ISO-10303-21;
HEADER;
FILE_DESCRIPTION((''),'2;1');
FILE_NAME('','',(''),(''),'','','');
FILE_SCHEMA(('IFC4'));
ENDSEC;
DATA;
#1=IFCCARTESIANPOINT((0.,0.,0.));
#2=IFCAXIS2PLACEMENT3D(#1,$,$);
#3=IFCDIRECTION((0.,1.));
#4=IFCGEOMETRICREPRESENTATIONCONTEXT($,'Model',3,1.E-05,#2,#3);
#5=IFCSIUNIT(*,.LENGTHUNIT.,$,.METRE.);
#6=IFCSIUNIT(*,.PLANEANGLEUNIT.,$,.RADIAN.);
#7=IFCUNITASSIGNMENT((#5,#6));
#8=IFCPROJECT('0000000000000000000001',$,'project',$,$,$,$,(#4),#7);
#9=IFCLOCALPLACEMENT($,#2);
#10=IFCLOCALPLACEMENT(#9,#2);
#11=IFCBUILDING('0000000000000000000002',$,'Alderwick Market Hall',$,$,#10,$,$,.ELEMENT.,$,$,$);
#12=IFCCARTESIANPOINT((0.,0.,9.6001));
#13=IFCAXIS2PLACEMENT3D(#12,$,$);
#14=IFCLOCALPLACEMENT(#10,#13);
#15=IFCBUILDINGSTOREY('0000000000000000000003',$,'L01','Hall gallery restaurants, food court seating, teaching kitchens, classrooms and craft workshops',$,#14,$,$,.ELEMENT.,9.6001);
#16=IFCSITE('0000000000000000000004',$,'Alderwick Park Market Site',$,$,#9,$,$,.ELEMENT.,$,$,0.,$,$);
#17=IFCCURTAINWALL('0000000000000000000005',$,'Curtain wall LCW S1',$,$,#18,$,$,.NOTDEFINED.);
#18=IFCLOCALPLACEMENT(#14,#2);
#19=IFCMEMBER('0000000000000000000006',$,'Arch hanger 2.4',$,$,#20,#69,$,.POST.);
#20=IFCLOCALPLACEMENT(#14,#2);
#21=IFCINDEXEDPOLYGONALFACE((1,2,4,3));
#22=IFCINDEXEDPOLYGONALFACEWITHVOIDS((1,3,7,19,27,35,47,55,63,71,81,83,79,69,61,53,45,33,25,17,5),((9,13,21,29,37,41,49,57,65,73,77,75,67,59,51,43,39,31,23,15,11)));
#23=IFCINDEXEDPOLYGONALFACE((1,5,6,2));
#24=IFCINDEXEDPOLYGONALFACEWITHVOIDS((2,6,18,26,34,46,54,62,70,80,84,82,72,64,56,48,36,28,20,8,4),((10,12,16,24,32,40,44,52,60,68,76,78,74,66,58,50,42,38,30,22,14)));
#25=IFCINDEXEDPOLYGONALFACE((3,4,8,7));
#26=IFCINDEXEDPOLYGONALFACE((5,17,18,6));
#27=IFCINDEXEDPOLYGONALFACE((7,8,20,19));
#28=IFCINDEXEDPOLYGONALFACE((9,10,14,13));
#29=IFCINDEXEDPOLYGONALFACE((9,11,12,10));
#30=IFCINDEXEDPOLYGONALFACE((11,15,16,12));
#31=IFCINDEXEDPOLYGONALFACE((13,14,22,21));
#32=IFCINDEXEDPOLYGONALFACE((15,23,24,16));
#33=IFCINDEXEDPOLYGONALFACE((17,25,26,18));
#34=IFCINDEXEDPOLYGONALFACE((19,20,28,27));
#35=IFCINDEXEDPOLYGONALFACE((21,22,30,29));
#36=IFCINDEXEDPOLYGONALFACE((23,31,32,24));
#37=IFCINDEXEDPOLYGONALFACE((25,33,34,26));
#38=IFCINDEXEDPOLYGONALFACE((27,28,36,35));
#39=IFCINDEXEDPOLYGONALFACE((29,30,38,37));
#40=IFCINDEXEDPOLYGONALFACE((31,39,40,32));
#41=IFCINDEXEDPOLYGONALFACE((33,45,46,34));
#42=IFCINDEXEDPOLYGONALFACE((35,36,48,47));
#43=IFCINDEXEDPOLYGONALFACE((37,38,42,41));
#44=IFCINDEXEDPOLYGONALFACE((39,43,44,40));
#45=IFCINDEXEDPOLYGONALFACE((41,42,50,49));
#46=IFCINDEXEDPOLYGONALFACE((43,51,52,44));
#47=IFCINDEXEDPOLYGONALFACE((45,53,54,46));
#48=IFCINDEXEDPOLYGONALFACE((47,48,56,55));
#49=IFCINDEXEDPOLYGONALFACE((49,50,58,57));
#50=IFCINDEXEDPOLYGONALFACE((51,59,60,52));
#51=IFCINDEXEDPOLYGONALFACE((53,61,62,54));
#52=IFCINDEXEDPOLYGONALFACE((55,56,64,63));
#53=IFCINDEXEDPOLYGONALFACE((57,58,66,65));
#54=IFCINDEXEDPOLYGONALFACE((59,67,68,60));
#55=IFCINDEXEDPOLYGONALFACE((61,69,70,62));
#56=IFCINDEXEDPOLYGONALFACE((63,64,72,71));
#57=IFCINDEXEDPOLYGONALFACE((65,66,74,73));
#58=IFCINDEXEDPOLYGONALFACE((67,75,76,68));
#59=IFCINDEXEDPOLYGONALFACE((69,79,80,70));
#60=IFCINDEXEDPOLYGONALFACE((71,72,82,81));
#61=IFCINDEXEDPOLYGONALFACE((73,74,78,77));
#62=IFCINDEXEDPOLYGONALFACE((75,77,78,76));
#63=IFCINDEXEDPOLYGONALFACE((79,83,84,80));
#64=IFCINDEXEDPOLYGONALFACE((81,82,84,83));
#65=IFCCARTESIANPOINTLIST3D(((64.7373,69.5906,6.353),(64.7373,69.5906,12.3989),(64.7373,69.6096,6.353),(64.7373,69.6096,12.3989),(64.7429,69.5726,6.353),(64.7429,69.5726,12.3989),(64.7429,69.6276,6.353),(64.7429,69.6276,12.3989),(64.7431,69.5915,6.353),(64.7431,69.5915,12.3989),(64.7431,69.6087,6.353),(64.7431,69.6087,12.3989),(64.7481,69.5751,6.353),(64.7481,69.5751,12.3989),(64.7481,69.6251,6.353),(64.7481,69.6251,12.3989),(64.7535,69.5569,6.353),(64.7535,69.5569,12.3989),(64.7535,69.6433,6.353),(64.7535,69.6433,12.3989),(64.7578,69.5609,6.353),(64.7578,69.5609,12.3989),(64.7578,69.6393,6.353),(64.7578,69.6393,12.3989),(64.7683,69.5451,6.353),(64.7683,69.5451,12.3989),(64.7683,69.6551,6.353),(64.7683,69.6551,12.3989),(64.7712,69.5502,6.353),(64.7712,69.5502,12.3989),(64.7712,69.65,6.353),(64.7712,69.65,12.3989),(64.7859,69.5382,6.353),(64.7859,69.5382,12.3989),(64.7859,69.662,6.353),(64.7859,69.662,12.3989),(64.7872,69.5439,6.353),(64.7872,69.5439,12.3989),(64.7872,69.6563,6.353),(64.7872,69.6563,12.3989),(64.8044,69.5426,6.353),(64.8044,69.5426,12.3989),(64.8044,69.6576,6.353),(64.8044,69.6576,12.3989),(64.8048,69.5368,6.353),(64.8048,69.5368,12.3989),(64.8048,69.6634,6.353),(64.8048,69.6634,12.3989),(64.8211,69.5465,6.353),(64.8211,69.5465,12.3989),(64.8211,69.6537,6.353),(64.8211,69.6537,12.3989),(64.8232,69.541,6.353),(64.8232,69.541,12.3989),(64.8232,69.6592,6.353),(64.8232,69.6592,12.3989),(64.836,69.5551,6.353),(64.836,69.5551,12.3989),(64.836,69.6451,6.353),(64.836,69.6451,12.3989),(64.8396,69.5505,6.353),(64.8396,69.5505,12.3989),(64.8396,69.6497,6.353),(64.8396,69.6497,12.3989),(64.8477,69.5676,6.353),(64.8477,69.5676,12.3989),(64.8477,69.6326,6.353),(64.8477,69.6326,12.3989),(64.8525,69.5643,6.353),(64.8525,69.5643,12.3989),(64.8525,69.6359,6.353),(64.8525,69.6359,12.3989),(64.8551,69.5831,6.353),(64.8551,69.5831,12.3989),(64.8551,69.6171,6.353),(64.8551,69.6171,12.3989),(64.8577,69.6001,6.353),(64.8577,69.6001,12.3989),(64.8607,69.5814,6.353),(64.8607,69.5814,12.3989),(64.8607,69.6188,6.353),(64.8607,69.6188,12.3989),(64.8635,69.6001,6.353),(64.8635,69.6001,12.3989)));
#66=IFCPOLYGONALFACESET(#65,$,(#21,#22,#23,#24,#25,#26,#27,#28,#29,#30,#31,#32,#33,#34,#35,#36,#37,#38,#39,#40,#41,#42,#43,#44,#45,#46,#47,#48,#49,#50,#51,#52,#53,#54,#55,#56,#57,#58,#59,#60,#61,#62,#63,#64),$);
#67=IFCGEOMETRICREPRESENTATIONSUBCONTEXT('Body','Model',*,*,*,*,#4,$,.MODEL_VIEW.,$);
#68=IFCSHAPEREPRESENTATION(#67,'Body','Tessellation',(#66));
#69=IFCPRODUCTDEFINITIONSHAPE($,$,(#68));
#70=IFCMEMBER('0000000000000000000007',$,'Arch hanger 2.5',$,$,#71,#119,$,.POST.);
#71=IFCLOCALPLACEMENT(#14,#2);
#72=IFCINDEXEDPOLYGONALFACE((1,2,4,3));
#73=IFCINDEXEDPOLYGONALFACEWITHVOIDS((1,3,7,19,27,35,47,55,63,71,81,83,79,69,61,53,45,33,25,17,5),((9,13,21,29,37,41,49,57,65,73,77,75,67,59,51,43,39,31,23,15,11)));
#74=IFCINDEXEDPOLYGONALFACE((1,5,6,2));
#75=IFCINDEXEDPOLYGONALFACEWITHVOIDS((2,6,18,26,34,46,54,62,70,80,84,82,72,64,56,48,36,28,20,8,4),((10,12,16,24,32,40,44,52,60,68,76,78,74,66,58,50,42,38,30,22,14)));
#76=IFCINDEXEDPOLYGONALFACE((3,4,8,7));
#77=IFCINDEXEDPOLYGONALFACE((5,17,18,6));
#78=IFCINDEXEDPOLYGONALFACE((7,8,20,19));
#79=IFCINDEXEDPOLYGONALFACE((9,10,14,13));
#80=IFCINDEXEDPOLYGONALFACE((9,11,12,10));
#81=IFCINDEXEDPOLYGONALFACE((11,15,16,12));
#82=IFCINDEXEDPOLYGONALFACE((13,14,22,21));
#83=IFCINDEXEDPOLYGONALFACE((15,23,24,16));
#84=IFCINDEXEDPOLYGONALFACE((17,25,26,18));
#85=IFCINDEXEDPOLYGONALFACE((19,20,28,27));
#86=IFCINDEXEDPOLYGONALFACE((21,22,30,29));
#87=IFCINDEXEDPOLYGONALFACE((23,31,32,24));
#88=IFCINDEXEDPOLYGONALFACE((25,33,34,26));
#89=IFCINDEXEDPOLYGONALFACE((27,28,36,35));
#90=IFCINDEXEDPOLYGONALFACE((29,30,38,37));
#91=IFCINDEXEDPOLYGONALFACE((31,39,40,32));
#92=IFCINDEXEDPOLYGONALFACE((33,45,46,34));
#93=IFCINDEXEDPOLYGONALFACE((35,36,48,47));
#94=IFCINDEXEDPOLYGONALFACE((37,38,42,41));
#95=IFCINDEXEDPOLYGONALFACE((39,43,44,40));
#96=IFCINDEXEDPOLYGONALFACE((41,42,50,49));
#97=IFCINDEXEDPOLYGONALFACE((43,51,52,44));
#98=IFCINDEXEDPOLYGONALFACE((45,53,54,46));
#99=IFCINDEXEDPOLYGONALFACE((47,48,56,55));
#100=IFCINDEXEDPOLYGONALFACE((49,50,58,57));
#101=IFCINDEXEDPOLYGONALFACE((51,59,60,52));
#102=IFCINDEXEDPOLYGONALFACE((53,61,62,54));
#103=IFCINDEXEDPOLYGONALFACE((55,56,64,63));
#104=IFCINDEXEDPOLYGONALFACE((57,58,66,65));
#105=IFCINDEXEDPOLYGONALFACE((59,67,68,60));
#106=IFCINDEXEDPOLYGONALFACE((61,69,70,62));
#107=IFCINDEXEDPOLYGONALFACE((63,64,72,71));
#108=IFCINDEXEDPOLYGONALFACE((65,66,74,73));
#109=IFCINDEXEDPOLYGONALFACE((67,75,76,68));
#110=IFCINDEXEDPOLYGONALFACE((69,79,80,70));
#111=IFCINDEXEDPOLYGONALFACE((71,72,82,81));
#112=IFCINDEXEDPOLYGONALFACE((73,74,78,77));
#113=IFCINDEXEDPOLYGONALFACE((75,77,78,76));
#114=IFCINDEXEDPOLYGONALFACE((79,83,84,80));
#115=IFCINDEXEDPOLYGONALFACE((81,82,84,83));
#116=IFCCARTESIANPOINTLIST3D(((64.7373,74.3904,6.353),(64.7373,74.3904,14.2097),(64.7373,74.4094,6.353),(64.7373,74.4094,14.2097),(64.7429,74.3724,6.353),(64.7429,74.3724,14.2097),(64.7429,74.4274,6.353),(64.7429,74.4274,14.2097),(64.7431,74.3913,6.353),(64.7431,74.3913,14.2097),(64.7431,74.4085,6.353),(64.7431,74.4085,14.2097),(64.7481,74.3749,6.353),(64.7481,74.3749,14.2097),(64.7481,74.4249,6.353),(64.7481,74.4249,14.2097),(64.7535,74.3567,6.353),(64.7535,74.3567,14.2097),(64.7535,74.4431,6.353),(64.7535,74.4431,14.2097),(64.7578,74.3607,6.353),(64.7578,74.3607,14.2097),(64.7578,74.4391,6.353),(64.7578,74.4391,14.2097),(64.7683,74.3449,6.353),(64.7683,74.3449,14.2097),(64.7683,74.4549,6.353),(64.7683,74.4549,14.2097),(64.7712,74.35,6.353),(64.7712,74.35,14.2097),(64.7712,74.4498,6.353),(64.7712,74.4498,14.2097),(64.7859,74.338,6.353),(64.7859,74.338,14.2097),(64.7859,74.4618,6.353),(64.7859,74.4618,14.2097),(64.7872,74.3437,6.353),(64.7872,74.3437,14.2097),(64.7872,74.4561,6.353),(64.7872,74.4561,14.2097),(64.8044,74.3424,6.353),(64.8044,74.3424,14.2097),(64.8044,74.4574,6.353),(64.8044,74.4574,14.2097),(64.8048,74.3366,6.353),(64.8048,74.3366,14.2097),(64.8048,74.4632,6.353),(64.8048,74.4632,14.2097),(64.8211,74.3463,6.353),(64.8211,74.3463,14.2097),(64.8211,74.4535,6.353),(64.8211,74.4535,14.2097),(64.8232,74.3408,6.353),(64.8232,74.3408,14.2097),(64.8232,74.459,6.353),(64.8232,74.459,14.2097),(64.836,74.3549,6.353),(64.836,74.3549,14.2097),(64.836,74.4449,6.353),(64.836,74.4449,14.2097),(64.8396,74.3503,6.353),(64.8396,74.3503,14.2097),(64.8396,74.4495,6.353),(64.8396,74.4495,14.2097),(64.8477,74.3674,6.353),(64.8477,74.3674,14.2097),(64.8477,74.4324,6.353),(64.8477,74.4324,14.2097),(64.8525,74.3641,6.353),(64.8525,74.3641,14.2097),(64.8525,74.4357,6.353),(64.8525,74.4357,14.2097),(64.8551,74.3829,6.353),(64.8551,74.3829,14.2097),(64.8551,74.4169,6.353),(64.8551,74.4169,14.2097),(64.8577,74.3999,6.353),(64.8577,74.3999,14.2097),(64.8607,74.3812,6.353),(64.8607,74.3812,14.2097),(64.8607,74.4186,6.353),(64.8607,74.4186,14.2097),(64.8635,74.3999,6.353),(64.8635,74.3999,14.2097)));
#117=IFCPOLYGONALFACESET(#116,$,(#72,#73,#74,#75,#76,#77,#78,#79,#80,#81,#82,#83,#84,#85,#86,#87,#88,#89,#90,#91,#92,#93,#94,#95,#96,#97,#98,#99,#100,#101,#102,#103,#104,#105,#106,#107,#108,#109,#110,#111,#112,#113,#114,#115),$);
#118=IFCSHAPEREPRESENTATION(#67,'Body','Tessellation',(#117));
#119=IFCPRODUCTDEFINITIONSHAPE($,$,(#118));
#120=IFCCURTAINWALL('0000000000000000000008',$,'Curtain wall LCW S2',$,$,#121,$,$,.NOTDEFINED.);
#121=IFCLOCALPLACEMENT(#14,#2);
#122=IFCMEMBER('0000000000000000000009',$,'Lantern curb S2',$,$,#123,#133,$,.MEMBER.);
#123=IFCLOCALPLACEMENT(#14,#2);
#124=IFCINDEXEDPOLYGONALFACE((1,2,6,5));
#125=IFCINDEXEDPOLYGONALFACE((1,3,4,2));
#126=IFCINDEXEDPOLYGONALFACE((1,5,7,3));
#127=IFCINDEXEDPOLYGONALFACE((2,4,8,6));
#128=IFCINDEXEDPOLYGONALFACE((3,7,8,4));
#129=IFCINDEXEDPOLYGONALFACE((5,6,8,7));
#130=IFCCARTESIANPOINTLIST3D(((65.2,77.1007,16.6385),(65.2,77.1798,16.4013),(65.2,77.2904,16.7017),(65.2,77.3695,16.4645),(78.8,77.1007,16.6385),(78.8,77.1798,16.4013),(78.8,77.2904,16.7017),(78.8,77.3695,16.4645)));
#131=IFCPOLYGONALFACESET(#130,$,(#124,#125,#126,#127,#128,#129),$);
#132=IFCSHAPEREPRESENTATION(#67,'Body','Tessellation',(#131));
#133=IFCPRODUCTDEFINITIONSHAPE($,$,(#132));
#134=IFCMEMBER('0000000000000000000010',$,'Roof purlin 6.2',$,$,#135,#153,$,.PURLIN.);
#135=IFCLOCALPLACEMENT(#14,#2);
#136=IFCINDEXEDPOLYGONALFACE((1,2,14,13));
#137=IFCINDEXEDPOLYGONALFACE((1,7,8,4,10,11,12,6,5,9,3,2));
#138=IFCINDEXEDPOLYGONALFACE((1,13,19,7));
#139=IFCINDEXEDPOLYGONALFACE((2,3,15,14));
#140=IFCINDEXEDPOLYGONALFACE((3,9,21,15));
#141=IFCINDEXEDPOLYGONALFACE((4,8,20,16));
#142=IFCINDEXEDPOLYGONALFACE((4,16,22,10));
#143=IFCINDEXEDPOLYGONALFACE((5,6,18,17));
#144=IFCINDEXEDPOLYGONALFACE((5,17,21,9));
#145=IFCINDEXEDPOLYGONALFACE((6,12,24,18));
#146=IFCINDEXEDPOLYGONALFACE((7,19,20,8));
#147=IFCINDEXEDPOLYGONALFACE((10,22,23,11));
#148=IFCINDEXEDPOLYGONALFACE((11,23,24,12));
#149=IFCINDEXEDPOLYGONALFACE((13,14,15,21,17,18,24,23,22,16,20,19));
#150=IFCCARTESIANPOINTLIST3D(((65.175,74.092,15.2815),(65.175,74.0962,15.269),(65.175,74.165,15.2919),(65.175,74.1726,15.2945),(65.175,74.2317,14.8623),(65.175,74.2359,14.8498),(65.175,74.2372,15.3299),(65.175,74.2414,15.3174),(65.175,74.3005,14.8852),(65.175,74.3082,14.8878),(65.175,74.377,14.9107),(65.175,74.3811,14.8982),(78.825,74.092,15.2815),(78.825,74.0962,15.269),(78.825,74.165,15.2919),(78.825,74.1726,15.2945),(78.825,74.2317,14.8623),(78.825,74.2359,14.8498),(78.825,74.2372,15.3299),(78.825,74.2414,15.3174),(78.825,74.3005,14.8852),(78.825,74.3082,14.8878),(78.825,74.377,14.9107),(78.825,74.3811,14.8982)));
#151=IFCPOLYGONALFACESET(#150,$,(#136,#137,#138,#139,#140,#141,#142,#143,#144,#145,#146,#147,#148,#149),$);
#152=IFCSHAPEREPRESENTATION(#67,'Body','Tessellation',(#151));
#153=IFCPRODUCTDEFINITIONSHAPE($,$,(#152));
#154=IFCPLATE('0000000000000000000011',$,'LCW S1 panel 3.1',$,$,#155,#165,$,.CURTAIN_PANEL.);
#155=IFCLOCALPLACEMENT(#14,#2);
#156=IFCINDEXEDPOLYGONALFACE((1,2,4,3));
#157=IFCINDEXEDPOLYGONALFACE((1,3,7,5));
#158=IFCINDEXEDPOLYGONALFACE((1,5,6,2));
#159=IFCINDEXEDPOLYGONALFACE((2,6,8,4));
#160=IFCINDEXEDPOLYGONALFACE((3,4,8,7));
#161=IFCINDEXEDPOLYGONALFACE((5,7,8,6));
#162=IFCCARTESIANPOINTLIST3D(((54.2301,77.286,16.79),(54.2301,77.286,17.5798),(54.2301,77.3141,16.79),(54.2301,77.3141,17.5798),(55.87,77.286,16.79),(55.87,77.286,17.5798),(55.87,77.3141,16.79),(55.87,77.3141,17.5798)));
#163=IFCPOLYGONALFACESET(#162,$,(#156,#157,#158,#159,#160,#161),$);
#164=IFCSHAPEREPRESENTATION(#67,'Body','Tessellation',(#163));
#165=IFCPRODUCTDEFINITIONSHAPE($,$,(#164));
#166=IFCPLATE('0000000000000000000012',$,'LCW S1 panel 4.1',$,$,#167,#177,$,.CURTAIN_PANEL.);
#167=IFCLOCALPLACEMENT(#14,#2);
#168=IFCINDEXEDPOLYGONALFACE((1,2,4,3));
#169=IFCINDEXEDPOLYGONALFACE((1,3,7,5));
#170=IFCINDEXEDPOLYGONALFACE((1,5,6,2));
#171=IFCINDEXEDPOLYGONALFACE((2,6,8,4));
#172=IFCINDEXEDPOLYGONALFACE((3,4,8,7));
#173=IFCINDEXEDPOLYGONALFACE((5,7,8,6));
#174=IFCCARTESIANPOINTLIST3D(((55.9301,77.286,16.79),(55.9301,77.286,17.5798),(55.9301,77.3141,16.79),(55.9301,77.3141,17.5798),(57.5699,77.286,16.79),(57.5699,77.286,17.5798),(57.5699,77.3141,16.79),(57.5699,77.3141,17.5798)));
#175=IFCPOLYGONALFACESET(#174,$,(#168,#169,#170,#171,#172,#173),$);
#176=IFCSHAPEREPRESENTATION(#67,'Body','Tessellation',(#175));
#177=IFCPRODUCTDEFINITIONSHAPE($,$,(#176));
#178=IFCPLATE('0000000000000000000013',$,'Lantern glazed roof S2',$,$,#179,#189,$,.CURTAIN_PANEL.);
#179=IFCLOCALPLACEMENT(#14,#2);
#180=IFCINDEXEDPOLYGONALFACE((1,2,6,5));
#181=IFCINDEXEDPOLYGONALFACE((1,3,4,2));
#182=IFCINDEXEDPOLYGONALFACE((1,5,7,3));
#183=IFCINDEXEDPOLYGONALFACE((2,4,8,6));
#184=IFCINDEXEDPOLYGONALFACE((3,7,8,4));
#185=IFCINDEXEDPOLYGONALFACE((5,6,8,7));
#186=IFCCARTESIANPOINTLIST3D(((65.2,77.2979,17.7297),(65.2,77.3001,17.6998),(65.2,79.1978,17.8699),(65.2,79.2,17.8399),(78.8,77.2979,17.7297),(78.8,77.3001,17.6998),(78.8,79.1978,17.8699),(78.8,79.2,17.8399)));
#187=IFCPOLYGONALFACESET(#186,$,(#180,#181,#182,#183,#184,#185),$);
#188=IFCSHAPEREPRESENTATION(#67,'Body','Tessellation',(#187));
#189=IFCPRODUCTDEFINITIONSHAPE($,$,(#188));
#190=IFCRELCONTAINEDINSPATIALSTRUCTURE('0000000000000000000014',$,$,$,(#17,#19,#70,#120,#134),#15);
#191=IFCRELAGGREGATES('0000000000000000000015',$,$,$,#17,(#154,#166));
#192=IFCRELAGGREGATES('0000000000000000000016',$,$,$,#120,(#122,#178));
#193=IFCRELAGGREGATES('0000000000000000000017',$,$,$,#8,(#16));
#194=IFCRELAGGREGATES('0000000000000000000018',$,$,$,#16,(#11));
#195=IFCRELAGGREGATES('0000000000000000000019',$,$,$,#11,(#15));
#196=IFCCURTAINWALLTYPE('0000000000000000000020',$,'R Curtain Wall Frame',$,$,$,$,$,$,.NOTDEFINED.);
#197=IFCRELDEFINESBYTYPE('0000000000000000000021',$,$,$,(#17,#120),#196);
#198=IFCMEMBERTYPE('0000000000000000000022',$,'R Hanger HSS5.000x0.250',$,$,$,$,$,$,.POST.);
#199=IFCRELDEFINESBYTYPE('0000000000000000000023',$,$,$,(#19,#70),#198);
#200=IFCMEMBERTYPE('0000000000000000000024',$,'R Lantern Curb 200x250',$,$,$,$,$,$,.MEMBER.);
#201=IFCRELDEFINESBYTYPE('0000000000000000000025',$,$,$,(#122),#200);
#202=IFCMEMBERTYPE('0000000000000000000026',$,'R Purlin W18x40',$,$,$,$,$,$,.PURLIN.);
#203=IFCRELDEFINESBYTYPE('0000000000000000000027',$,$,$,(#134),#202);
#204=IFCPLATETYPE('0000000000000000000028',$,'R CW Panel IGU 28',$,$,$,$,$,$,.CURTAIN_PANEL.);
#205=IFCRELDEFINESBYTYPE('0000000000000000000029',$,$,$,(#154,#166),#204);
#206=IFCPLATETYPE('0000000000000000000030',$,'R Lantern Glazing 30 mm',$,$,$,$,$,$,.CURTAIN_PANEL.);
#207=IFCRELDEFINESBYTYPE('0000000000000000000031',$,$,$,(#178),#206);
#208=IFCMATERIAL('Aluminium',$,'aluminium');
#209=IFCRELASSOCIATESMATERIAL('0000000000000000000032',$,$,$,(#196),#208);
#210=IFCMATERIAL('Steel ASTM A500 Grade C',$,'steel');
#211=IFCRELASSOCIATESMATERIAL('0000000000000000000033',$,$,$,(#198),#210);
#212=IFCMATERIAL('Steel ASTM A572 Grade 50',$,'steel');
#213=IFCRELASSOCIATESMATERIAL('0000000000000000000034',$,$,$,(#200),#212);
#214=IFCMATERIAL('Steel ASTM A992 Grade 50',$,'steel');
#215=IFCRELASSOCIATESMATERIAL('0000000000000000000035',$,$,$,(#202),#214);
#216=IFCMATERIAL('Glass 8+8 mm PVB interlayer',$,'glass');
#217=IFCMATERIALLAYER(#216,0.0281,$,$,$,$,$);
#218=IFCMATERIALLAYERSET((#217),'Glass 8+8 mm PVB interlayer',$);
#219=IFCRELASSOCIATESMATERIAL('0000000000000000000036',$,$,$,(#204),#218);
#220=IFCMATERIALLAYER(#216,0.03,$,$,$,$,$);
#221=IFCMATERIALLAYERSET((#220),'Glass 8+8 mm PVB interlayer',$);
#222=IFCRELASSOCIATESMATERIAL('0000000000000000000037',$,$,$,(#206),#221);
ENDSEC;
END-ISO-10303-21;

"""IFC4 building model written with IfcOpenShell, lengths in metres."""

from ifc_helpers import new_model, si_unit, direction, frame, origin, origin_2d, place, context, subcontext, project, spatial, polyline, rectangle, hollow_circle, i_section, outline, extrude, material, layer, layer_set, material_profile, profile_set, type_object, element, aggregate, save


model = new_model("IFC4")

# Units and contexts
model_context = context("Model", 3, precision=1e-05, world=origin(), true_north=direction((0.0, 1.0)))
body_context = subcontext(model_context, "Body", "Model", "MODEL_VIEW")
ifc_project = project(units=[si_unit("LENGTHUNIT", "METRE"), si_unit("PLANEANGLEUNIT", "RADIAN")], contexts=[model_context])

# Site, building, storey
site_placement = place(None, origin())
site = spatial("IfcSite", under=ifc_project, at=site_placement, Name="Alderwick Park Market Site", CompositionType="ELEMENT", RefElevation=0.0)
building_placement = place(site_placement, origin())
building = spatial("IfcBuilding", under=site, at=building_placement, Name="Alderwick Market Hall", CompositionType="ELEMENT")
storey_placement = place(building_placement, frame((0.0, 0.0, 9.6001)))
storey = spatial("IfcBuildingStorey", under=building, at=storey_placement, Name="L01", Description="Hall gallery restaurants, food court seating, teaching kitchens, classrooms and craft workshops", CompositionType="ELEMENT", Elevation=9.6001)

# Curtain wall
ifc_material_1 = material(Name="Aluminium", Category="aluminium")
curtain_wall_type = type_object("IfcCurtainWallType", Name="R Curtain Wall Frame", PredefinedType="NOTDEFINED", material=ifc_material_1)
curtain_wall_1_placement = place(storey_placement, origin())
curtain_wall_1 = element("IfcCurtainWall", 1, at=curtain_wall_1_placement, inside=storey, type_object=curtain_wall_type, Name="Curtain wall LCW S1", PredefinedType="NOTDEFINED")

# Members
ifc_material_2 = material(Name="Steel ASTM A500 Grade C", Category="steel")
ifc_material_profile_1 = material_profile(ifc_material_2, hollow_circle(Radius=0.0635, WallThickness=0.0059, at=origin_2d()), Name="HSS5.000x0.250")
ifc_profile_set_1 = profile_set([ifc_material_profile_1], Name="Steel ASTM A500 Grade C")
member_type_1 = type_object("IfcMemberType", Name="R Hanger HSS5.000x0.250", PredefinedType="POST", material=ifc_profile_set_1)
member_1_placement = place(storey_placement, frame((64.8, 69.6001, 6.353), z_axis=(0.0, 0.0, 1.0), x_axis=(1.0, 0.0, 0.0)))
element("IfcMember", 2, at=member_1_placement, inside=storey, type_object=member_type_1, Name="Arch hanger 2.4", PredefinedType="POST", context=body_context, shape_type="SweptSolid", body=[
    extrude(hollow_circle(Radius=0.0635, WallThickness=0.0059, at=origin_2d()), origin(), (0.0, 0.0, 1.0), 6.0459),
])
member_2_placement = place(storey_placement, frame((64.8, 74.3999, 6.353), z_axis=(0.0, 0.0, 1.0), x_axis=(1.0, 0.0, 0.0)))
element("IfcMember", 3, at=member_2_placement, inside=storey, type_object=member_type_1, Name="Arch hanger 2.5", PredefinedType="POST", context=body_context, shape_type="SweptSolid", body=[
    extrude(hollow_circle(Radius=0.0635, WallThickness=0.0059, at=origin_2d()), origin(), (0.0, 0.0, 1.0), 7.8567),
])

# Curtain wall, member
curtain_wall_2_placement = place(storey_placement, origin())
curtain_wall_2 = element("IfcCurtainWall", 4, at=curtain_wall_2_placement, inside=storey, type_object=curtain_wall_type, Name="Curtain wall LCW S2", PredefinedType="NOTDEFINED")
ifc_material_3 = material(Name="Steel ASTM A572 Grade 50", Category="steel")
ifc_material_profile_2 = material_profile(ifc_material_3, rectangle(XDim=0.2, YDim=0.25, at=origin_2d()), Name="Steel plate curb 200x250")
ifc_profile_set_2 = profile_set([ifc_material_profile_2], Name="Steel ASTM A572 Grade 50")
member_type_2 = type_object("IfcMemberType", Name="R Lantern Curb 200x250", PredefinedType="MEMBER", material=ifc_profile_set_2)
member_3_placement = place(storey_placement, frame((65.2, 77.2351, 16.5515), z_axis=(1.0, 0.0, 0.0), x_axis=(0.0, 0.948683, 0.316228)))
member_3 = element("IfcMember", 5, at=member_3_placement, type_object=member_type_2, Name="Lantern curb S2", PredefinedType="MEMBER", context=body_context, shape_type="SweptSolid", body=[
    extrude(rectangle(XDim=0.2, YDim=0.25, at=origin_2d()), origin(), (0.0, 0.0, 1.0), 13.6001),
])

# Member
ifc_material_4 = material(Name="Steel ASTM A992 Grade 50", Category="steel")
ifc_material_profile_3 = material_profile(ifc_material_4, i_section(OverallWidth=0.1531, OverallDepth=0.4551, WebThickness=0.0081, FlangeThickness=0.0132, at=origin_2d()), Name="W18x40")
ifc_profile_set_3 = profile_set([ifc_material_profile_3], Name="Steel ASTM A992 Grade 50")
member_type_3 = type_object("IfcMemberType", Name="R Purlin W18x40", PredefinedType="PURLIN", material=ifc_profile_set_3)
member_4_placement = place(storey_placement, frame((65.175, 74.2366, 15.0898), z_axis=(1.0, 0.0, 0.0), x_axis=(0.0, 0.948683, 0.316228)))
element("IfcMember", 6, at=member_4_placement, inside=storey, type_object=member_type_3, Name="Roof purlin 6.2", PredefinedType="PURLIN", context=body_context, shape_type="SweptSolid", body=[
    extrude(i_section(OverallWidth=0.1531, OverallDepth=0.4551, WebThickness=0.0081, FlangeThickness=0.0132, at=origin_2d()), origin(), (0.0, 0.0, 1.0), 13.6499),
])

# Plates
ifc_material_5 = material(Name="Glass 8+8 mm PVB interlayer", Category="glass")
ifc_layer_1 = layer(ifc_material_5, 0.0281)
ifc_layer_set_1 = layer_set([ifc_layer_1], Name="Glass 8+8 mm PVB interlayer")
plate_type_1 = type_object("IfcPlateType", Name="R CW Panel IGU 28", PredefinedType="CURTAIN_PANEL", material=ifc_layer_set_1)
plate_1_placement = place(storey_placement, frame((55.05, 77.3, 16.79), z_axis=(0.0, 0.0, 1.0), x_axis=(1.0, 0.0, 0.0)))
plate_1 = element("IfcPlate", 7, at=plate_1_placement, type_object=plate_type_1, Name="LCW S1 panel 3.1", PredefinedType="CURTAIN_PANEL", context=body_context, shape_type="SweptSolid", body=[
    extrude(rectangle(XDim=1.6399, YDim=0.0281, at=origin_2d()), origin(), (0.0, 0.0, 1.0), 0.7898),
])
plate_2_placement = place(storey_placement, frame((56.75, 77.3, 16.79), z_axis=(0.0, 0.0, 1.0), x_axis=(1.0, 0.0, 0.0)))
plate_2 = element("IfcPlate", 8, at=plate_2_placement, type_object=plate_type_1, Name="LCW S1 panel 4.1", PredefinedType="CURTAIN_PANEL", context=body_context, shape_type="SweptSolid", body=[
    extrude(rectangle(XDim=1.6399, YDim=0.0281, at=origin_2d()), origin(), (0.0, 0.0, 1.0), 0.7898),
])
aggregate(curtain_wall_1, [plate_1, plate_2])
ifc_layer_2 = layer(ifc_material_5, 0.03)
ifc_layer_set_2 = layer_set([ifc_layer_2], Name="Glass 8+8 mm PVB interlayer")
plate_type_2 = type_object("IfcPlateType", Name="R Lantern Glazing 30 mm", PredefinedType="CURTAIN_PANEL", material=ifc_layer_set_2)
plate_3_placement = place(storey_placement, frame((65.2, 77.2979, 17.7297), z_axis=(0.0, -0.07356, 0.997291), x_axis=(1.0, 0.0, 0.0)))
plate_3 = element("IfcPlate", 9, at=plate_3_placement, type_object=plate_type_2, Name="Lantern glazed roof S2", PredefinedType="CURTAIN_PANEL", context=body_context, shape_type="SweptSolid", body=[
    extrude(outline(polyline([(0.0, 0.0), (13.6001, 0.0), (13.6001, 1.9051), (0.0, 1.9051), (0.0, 0.0)])), origin(), (0.0, 0.0, -1.0), 0.03),
])
aggregate(curtain_wall_2, [member_3, plate_3])

save(model, "model.ifc")
